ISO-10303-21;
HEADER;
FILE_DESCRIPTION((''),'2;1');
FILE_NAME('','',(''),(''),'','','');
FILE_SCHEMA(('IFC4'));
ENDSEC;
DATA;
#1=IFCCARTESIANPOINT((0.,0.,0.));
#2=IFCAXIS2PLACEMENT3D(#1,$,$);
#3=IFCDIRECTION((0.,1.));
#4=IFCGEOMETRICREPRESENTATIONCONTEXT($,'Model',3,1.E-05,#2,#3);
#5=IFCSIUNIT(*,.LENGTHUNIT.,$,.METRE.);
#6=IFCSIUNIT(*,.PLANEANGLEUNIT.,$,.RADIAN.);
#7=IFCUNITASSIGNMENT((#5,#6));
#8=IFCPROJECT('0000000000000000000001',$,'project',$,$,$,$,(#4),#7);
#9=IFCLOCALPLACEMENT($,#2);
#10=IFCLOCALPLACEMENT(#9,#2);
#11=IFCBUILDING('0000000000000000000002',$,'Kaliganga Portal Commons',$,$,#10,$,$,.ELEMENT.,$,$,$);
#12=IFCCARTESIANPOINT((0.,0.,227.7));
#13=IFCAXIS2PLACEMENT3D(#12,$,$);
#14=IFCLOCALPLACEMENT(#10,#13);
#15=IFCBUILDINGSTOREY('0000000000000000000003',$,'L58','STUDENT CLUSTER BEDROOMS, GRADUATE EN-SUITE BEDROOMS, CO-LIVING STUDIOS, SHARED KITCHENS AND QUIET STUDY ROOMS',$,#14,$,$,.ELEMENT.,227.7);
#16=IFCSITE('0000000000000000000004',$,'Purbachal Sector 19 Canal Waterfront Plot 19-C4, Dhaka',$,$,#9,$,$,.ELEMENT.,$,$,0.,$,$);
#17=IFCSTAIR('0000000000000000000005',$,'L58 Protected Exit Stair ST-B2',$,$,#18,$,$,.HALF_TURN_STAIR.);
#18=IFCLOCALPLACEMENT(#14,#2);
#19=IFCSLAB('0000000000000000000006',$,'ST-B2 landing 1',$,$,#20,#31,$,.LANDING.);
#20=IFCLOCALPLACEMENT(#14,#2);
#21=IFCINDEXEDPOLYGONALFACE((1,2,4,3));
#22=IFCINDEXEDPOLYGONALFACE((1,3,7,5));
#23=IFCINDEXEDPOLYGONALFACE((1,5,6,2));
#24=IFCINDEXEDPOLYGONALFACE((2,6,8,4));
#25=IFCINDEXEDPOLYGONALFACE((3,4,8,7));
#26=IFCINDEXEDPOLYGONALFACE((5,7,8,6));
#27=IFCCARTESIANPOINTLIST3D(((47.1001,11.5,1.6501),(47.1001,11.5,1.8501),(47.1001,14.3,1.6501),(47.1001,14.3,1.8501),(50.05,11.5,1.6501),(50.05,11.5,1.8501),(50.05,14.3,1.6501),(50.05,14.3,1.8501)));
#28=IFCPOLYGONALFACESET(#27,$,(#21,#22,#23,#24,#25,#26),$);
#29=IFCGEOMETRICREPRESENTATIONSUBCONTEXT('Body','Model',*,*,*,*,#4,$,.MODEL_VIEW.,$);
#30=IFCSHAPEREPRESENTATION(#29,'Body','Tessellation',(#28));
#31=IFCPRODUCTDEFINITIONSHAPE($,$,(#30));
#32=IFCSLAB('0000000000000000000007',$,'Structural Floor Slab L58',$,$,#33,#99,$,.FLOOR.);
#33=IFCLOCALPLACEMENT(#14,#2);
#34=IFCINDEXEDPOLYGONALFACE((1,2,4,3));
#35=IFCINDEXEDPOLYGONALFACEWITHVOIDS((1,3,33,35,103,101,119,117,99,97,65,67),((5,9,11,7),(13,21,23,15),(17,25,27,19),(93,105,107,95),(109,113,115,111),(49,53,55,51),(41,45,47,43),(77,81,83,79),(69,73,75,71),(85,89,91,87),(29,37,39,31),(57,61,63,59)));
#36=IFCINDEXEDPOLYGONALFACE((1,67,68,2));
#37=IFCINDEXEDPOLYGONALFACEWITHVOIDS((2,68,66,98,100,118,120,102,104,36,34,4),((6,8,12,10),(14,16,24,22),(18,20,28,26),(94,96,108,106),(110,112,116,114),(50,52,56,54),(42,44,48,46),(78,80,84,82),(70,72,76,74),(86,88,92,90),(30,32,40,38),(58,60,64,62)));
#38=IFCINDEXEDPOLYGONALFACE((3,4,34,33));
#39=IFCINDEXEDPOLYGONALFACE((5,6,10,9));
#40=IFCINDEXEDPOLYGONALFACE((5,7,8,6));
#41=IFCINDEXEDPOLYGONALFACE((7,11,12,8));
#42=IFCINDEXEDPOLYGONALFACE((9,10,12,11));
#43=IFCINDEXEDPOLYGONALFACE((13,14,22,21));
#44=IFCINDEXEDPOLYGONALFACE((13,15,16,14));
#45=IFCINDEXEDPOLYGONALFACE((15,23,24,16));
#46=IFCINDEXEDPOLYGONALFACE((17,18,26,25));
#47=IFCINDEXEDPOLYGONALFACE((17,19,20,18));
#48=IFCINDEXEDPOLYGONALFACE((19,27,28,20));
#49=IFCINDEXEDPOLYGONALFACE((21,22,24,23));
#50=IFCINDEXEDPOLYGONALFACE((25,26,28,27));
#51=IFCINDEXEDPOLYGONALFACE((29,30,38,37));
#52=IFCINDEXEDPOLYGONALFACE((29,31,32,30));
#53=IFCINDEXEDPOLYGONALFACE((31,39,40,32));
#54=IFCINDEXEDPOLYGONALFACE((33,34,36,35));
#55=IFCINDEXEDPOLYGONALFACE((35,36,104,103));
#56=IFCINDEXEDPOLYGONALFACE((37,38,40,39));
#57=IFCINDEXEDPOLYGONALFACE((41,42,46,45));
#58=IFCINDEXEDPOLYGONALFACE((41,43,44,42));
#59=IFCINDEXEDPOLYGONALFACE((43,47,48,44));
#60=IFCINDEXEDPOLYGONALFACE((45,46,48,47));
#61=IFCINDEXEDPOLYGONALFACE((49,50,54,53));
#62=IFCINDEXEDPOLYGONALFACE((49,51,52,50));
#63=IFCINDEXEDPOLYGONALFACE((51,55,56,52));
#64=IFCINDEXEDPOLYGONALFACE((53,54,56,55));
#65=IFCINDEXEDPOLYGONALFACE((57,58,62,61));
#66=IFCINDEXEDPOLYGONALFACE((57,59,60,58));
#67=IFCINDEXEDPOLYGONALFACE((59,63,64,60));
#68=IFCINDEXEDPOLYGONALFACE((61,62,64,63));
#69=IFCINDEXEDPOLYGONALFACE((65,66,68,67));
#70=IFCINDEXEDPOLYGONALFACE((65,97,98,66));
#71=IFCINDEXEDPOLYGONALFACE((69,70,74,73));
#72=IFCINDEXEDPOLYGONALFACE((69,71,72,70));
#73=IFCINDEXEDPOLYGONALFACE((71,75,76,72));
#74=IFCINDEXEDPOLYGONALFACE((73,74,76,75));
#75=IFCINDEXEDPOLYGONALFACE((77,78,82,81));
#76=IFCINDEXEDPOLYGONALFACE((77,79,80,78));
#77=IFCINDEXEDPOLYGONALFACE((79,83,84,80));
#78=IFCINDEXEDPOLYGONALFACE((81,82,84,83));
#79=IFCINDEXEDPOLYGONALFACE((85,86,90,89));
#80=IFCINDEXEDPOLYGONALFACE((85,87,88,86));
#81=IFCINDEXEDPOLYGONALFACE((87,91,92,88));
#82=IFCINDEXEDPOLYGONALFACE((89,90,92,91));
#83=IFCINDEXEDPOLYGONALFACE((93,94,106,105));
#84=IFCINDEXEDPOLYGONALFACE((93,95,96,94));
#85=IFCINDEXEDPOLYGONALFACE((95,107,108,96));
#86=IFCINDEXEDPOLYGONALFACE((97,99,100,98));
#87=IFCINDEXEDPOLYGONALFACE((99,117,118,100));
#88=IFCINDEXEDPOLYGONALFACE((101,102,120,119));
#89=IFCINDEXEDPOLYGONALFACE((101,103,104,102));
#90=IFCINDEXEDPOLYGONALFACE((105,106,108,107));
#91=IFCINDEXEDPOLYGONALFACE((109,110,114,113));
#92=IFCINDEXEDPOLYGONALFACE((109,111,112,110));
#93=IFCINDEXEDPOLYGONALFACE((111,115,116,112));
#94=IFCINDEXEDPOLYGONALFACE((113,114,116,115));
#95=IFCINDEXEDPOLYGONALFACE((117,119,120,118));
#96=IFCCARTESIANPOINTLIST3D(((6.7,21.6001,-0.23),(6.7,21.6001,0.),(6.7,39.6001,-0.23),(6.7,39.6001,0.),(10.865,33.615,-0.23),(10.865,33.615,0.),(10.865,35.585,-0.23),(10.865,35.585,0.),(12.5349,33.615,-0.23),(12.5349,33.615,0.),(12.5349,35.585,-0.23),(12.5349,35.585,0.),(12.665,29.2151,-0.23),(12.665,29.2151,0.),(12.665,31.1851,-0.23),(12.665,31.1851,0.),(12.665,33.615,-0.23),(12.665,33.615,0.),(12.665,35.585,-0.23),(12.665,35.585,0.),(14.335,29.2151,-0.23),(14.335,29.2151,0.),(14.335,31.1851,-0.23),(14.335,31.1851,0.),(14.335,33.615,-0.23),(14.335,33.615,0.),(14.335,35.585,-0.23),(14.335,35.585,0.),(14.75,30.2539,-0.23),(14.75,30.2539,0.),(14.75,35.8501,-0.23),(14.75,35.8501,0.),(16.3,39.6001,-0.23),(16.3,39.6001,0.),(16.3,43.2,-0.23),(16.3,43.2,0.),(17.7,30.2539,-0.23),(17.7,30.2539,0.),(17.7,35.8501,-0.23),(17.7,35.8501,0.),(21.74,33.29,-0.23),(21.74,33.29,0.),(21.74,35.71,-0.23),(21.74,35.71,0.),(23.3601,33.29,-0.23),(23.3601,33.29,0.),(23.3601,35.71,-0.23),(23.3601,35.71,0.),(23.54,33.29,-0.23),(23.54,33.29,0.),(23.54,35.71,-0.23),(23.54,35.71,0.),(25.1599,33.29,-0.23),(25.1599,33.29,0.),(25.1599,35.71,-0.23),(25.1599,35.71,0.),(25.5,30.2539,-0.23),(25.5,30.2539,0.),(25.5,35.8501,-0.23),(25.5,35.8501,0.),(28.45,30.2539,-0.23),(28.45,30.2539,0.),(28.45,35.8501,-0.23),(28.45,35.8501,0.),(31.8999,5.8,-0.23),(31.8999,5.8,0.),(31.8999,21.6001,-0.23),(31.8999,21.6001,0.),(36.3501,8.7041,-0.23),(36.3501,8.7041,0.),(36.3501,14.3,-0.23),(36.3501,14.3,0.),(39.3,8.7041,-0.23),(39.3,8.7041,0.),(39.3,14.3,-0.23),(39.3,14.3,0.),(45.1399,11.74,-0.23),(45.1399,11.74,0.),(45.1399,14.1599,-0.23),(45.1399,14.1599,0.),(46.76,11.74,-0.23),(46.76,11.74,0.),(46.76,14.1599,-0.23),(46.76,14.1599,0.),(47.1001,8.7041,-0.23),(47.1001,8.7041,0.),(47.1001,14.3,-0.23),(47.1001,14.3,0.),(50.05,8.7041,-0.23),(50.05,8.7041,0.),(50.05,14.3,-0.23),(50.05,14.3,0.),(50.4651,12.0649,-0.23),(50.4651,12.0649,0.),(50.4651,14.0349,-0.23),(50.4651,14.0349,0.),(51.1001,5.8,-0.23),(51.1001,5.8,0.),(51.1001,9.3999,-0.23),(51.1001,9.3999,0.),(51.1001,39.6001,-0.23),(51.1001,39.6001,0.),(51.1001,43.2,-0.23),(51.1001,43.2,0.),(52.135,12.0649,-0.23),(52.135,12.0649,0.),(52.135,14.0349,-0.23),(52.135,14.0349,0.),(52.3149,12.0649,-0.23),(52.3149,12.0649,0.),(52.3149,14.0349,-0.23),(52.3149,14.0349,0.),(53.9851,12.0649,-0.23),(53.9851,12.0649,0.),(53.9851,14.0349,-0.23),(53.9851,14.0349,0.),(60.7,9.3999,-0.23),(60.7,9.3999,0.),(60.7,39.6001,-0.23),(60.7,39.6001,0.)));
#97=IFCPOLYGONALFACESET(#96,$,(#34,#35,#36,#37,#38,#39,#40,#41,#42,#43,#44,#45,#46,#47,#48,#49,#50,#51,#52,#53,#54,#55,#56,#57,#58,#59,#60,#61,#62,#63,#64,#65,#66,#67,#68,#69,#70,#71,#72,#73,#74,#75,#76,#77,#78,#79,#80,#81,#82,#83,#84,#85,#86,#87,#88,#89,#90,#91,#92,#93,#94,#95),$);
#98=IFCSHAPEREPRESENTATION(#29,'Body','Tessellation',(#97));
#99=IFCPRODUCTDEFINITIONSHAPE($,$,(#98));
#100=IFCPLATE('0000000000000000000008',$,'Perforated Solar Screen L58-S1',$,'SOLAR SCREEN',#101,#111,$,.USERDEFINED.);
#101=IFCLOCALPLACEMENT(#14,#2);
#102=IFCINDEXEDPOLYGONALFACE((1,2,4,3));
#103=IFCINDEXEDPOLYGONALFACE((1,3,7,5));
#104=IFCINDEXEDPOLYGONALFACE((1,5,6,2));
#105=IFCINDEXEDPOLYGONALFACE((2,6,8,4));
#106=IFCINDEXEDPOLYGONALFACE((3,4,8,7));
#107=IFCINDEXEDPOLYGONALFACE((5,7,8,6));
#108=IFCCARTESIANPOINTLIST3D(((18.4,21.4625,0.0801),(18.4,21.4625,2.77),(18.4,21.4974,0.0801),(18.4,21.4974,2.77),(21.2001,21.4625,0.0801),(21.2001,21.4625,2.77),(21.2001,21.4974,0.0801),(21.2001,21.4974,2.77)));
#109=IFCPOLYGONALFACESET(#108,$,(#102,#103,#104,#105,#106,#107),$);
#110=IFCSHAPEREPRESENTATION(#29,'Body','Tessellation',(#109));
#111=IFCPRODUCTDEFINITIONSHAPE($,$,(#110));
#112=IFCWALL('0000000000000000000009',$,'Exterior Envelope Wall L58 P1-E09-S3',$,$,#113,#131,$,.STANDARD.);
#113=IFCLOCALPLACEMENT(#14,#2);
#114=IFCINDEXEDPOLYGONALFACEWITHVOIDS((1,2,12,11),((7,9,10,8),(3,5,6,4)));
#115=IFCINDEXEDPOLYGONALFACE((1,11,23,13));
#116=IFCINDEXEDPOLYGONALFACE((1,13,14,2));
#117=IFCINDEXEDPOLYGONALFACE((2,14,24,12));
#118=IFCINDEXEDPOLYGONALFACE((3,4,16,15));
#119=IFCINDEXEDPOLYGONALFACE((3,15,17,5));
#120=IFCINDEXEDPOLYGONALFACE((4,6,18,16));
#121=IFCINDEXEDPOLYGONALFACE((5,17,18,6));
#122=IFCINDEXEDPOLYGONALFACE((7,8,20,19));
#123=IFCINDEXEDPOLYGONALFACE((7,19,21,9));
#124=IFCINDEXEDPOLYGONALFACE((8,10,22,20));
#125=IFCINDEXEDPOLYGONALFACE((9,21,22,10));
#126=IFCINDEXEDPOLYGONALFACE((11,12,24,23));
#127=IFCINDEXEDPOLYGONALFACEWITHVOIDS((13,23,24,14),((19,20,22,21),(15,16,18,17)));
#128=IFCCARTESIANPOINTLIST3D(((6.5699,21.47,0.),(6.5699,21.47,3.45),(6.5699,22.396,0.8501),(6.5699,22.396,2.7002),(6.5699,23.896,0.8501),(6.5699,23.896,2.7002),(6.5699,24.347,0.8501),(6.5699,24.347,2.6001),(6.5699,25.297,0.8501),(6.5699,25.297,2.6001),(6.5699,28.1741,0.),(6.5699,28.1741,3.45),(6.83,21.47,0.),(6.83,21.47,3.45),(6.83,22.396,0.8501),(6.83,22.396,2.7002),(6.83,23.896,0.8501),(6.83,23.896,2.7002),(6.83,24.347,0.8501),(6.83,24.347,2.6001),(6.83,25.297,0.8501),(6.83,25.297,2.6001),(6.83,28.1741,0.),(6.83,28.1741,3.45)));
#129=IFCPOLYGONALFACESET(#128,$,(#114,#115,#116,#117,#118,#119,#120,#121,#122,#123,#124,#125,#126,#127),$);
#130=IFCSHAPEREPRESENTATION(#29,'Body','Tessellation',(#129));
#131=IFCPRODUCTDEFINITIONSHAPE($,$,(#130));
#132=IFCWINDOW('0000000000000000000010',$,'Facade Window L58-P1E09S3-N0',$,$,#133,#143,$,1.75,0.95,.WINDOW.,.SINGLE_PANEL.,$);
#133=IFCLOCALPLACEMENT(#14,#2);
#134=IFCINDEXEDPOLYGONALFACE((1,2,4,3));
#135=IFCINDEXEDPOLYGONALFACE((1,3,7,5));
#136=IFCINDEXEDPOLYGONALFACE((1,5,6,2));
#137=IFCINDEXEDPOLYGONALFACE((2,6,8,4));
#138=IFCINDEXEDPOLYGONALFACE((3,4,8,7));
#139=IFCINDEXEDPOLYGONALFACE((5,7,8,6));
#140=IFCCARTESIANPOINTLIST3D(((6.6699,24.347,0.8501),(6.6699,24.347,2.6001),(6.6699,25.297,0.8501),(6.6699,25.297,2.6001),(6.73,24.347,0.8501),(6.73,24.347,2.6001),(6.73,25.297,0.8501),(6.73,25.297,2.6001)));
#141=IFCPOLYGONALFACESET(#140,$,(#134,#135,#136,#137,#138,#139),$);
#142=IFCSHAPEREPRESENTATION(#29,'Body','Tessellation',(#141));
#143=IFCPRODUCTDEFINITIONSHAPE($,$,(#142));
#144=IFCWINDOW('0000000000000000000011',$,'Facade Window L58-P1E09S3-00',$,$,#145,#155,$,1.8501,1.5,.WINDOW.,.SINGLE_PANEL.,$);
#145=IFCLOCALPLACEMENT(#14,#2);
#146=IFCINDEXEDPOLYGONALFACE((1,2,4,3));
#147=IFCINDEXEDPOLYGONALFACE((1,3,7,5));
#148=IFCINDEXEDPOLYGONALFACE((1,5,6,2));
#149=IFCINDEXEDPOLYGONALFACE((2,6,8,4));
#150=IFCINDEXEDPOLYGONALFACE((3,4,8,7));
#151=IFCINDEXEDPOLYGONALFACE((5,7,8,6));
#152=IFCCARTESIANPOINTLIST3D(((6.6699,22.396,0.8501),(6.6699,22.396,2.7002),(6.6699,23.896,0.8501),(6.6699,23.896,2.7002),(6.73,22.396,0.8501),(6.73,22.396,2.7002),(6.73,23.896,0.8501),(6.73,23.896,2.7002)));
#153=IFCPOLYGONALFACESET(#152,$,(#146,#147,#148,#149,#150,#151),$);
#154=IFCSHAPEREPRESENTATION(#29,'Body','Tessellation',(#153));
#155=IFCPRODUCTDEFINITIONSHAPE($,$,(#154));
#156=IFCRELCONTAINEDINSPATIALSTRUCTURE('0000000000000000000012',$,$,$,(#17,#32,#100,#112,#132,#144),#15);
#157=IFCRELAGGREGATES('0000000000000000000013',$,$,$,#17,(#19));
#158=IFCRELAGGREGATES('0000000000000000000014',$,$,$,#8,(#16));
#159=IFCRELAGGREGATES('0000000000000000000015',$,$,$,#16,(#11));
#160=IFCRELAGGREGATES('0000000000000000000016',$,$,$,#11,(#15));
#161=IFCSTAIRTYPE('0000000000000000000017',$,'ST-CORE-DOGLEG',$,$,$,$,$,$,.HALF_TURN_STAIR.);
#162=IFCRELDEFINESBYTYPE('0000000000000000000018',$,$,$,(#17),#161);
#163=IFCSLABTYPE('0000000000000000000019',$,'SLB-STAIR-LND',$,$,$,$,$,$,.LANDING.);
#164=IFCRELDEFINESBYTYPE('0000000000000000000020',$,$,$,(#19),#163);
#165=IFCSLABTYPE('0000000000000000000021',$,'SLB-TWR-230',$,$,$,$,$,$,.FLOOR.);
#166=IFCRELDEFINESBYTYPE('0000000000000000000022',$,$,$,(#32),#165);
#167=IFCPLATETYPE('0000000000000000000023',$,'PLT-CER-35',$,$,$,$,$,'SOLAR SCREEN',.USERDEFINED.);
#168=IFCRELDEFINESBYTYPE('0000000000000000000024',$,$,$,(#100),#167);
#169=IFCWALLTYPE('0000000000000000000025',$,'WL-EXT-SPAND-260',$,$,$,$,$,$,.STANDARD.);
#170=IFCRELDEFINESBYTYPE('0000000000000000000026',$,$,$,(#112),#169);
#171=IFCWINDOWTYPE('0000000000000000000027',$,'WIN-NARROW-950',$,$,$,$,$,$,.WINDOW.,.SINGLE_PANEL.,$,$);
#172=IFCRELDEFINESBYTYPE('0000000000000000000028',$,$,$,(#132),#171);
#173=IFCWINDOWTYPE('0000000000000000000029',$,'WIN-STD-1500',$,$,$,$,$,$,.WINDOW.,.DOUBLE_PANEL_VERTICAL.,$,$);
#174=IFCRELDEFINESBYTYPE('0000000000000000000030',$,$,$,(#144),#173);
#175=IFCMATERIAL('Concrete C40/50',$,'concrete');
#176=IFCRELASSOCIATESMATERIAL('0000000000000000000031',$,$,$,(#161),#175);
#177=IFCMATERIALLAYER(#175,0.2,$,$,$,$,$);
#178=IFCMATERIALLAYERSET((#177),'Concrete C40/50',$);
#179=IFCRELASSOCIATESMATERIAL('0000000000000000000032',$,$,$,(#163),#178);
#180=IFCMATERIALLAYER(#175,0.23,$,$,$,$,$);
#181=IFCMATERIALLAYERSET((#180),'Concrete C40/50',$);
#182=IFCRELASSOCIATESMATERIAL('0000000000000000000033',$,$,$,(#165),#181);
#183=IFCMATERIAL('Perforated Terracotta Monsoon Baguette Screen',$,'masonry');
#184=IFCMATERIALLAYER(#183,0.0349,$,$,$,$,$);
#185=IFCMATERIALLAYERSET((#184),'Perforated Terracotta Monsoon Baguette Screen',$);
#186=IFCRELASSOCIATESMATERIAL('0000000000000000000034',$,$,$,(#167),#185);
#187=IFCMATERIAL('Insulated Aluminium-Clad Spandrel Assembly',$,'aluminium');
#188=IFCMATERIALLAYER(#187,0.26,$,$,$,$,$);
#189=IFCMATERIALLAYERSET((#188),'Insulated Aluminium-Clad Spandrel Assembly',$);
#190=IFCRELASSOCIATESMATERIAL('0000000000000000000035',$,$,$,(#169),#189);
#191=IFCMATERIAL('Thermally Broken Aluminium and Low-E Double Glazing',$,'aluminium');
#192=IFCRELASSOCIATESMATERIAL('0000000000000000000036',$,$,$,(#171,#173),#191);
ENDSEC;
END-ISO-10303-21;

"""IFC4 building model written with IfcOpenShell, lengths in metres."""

from ifc_helpers import new_model, si_unit, direction, frame, frame_2d, origin, origin_2d, place, context, subcontext, project, spatial, polyline, rectangle, outline, extrude, source, transform, mapped, material, layer, layer_set, type_object, element, fill, aggregate, save


model = new_model("IFC4")

# Units and contexts
model_context = context("Model", 3, precision=1e-05, world=origin(), true_north=direction((0.0, 1.0)))
body_context = subcontext(model_context, "Body", "Model", "MODEL_VIEW")
ifc_project = project(units=[si_unit("LENGTHUNIT", "METRE"), si_unit("PLANEANGLEUNIT", "RADIAN")], contexts=[model_context])

# Site, building, storey
site_placement = place(None, origin())
site = spatial("IfcSite", under=ifc_project, at=site_placement, Name="Purbachal Sector 19 Canal Waterfront Plot 19-C4, Dhaka", CompositionType="ELEMENT", RefElevation=0.0)
building_placement = place(site_placement, origin())
building = spatial("IfcBuilding", under=site, at=building_placement, Name="Kaliganga Portal Commons", CompositionType="ELEMENT")
storey_placement = place(building_placement, frame((0.0, 0.0, 227.7)))
storey = spatial("IfcBuildingStorey", under=building, at=storey_placement, Name="L58", Description="STUDENT CLUSTER BEDROOMS, GRADUATE EN-SUITE BEDROOMS, CO-LIVING STUDIOS, SHARED KITCHENS AND QUIET STUDY ROOMS", CompositionType="ELEMENT", Elevation=227.7)

# Shared definitions
ifc_material_1 = material(Name="Concrete C40/50", Category="concrete")

# Stair, slab
stair_type = type_object("IfcStairType", Name="ST-CORE-DOGLEG", PredefinedType="HALF_TURN_STAIR", material=ifc_material_1)
ifc_layer_1 = layer(ifc_material_1, 0.2)
ifc_layer_set_1 = layer_set([ifc_layer_1], Name="Concrete C40/50")
slab_type_1 = type_object("IfcSlabType", Name="SLB-STAIR-LND", PredefinedType="LANDING", material=ifc_layer_set_1)
stair_1_placement = place(storey_placement, origin())
stair_1 = element("IfcStair", 1, at=stair_1_placement, inside=storey, type_object=stair_type, Name="L58 Protected Exit Stair ST-B2", PredefinedType="HALF_TURN_STAIR")
slab_1_placement = place(storey_placement, frame((0.0, 0.0, 1.6501)))
slab_1 = element("IfcSlab", 2, at=slab_1_placement, type_object=slab_type_1, Name="ST-B2 landing 1", PredefinedType="LANDING", context=body_context, shape_type="SweptSolid", body=[
    extrude(outline(polyline([(50.05, 11.5), (50.05, 14.3), (47.1001, 14.3), (47.1001, 11.5), (50.05, 11.5)])), origin(), (0.0, 0.0, 1.0), 0.2),
])
aggregate(stair_1, [slab_1])

# Slab
ifc_layer_2 = layer(ifc_material_1, 0.23)
ifc_layer_set_2 = layer_set([ifc_layer_2], Name="Concrete C40/50")
slab_type_2 = type_object("IfcSlabType", Name="SLB-TWR-230", PredefinedType="FLOOR", material=ifc_layer_set_2)
slab_2_placement = place(storey_placement, frame((0.0, 0.0, -0.23)))
element("IfcSlab", 3, at=slab_2_placement, inside=storey, type_object=slab_type_2, Name="Structural Floor Slab L58", PredefinedType="FLOOR", context=body_context, shape_type="SweptSolid", body=[
    extrude(outline(polyline([(31.8999, 5.8), (51.1001, 5.8), (51.1001, 9.3999), (60.7, 9.3999), (60.7, 39.6001), (51.1001, 39.6001), (51.1001, 43.2), (16.3, 43.2), (16.3, 39.6001), (6.7, 39.6001), (6.7, 21.6001), (31.8999, 21.6001), (31.8999, 5.8)]), holes=[polyline([(14.75, 30.2539), (14.75, 35.8501), (17.7, 35.8501), (17.7, 30.2539), (14.75, 30.2539)]), polyline([(25.5, 30.2539), (25.5, 35.8501), (28.45, 35.8501), (28.45, 30.2539), (25.5, 30.2539)]), polyline([(36.3501, 8.7041), (36.3501, 14.3), (39.3, 14.3), (39.3, 8.7041), (36.3501, 8.7041)]), polyline([(47.1001, 8.7041), (47.1001, 14.3), (50.05, 14.3), (50.05, 8.7041), (47.1001, 8.7041)]), polyline([(12.665, 33.615), (12.665, 35.585), (14.335, 35.585), (14.335, 33.615), (12.665, 33.615)]), polyline([(12.665, 29.2151), (12.665, 31.1851), (14.335, 31.1851), (14.335, 29.2151), (12.665, 29.2151)]), polyline([(10.865, 33.615), (10.865, 35.585), (12.5349, 35.585), (12.5349, 33.615), (10.865, 33.615)]), polyline([(21.74, 33.29), (21.74, 35.71), (23.3601, 35.71), (23.3601, 33.29), (21.74, 33.29)]), polyline([(23.54, 33.29), (23.54, 35.71), (25.1599, 35.71), (25.1599, 33.29), (23.54, 33.29)]), polyline([(50.4651, 12.0649), (50.4651, 14.0349), (52.135, 14.0349), (52.135, 12.0649), (50.4651, 12.0649)]), polyline([(52.3149, 12.0649), (52.3149, 14.0349), (53.9851, 14.0349), (53.9851, 12.0649), (52.3149, 12.0649)]), polyline([(45.1399, 11.74), (45.1399, 14.1599), (46.76, 14.1599), (46.76, 11.74), (45.1399, 11.74)])]), origin(), (0.0, 0.0, 1.0), 0.23),
])

# Plate
ifc_material_2 = material(Name="Perforated Terracotta Monsoon Baguette Screen", Category="masonry")
ifc_layer_3 = layer(ifc_material_2, 0.0349)
ifc_layer_set_3 = layer_set([ifc_layer_3], Name="Perforated Terracotta Monsoon Baguette Screen")
plate_type = type_object("IfcPlateType", Name="PLT-CER-35", ElementType="SOLAR SCREEN", PredefinedType="USERDEFINED", material=ifc_layer_set_3)
shared_shape_1 = source(origin(), body_context, "Body", "SweptSolid", [
    extrude(rectangle(XDim=2.8, YDim=0.0349, at=origin_2d()), origin(), (0.0, 0.0, 1.0), 2.6899),
])
plate_placement = place(storey_placement, frame((19.8, 21.48, 0.0801), z_axis=(0.0, 0.0, 1.0), x_axis=(1.0, 0.0, 0.0)))
element("IfcPlate", 4, at=plate_placement, inside=storey, type_object=plate_type, Name="Perforated Solar Screen L58-S1", ObjectType="SOLAR SCREEN", PredefinedType="USERDEFINED", context=body_context, shape_type="MappedRepresentation", body=[
    mapped(shared_shape_1, transform((0.0, 0.0, 0.0), x_axis=(1.0, 0.0, 0.0), y_axis=(0.0, 1.0, 0.0), z_axis=(0.0, 0.0, 1.0), scale=1.0)),
])

# Wall, openings, windows
ifc_material_3 = material(Name="Insulated Aluminium-Clad Spandrel Assembly", Category="aluminium")
ifc_layer_4 = layer(ifc_material_3, 0.26)
ifc_layer_set_4 = layer_set([ifc_layer_4], Name="Insulated Aluminium-Clad Spandrel Assembly")
wall_type_1 = type_object("IfcWallType", Name="WL-EXT-SPAND-260", PredefinedType="STANDARD", material=ifc_layer_set_4)
wall_1_placement = place(storey_placement, frame((6.7, 21.47, 0.0), z_axis=(0.0, 0.0, 1.0), x_axis=(0.0, 1.0, 0.0)))
wall_1 = element("IfcWall", 5, at=wall_1_placement, inside=storey, type_object=wall_type_1, Name="Exterior Envelope Wall L58 P1-E09-S3", PredefinedType="STANDARD", context=body_context, shape_type="SweptSolid", body=[
    extrude(rectangle(XDim=6.7041, YDim=0.26, at=frame_2d((3.3521, 0.0))), origin(), (0.0, 0.0, 1.0), 3.45),
])
opening_1_placement = place(wall_1_placement, frame((0.926, 0.0, 0.8501)))
opening_1 = element("IfcOpeningElement", 6, at=opening_1_placement, cuts=wall_1, PredefinedType="OPENING", context=body_context, shape_type="SweptSolid", body=[
    extrude(rectangle(XDim=1.5, YDim=1.8501, at=frame_2d((0.75, 0.925))), frame((0.0, 0.1401, 0.0), z_axis=(0.0, -1.0, 0.0), x_axis=(1.0, 0.0, 0.0)), (0.0, 0.0, 1.0), 0.28),
])
opening_2_placement = place(wall_1_placement, frame((2.877, 0.0, 0.8501)))
opening_2 = element("IfcOpeningElement", 7, at=opening_2_placement, cuts=wall_1, PredefinedType="OPENING", context=body_context, shape_type="SweptSolid", body=[
    extrude(rectangle(XDim=0.95, YDim=1.75, at=frame_2d((0.4751, 0.875))), frame((0.0, 0.1401, 0.0), z_axis=(0.0, -1.0, 0.0), x_axis=(1.0, 0.0, 0.0)), (0.0, 0.0, 1.0), 0.28),
])
ifc_material_4 = material(Name="Thermally Broken Aluminium and Low-E Double Glazing", Category="aluminium")
window_type_1 = type_object("IfcWindowType", Name="WIN-NARROW-950", PartitioningType="SINGLE_PANEL", PredefinedType="WINDOW", material=ifc_material_4)
window_1_placement = place(opening_2_placement, origin())
window_1 = element("IfcWindow", 8, at=window_1_placement, inside=storey, type_object=window_type_1, Name="Facade Window L58-P1E09S3-N0", OverallHeight=1.75, OverallWidth=0.95, PartitioningType="SINGLE_PANEL", PredefinedType="WINDOW", context=body_context, shape_type="SweptSolid", body=[
    extrude(rectangle(XDim=0.95, YDim=1.75, at=frame_2d((0.4751, 0.875))), frame((0.0, 0.03, 0.0), z_axis=(0.0, -1.0, 0.0), x_axis=(1.0, 0.0, 0.0)), (0.0, 0.0, 1.0), 0.0601),
])
fill(opening_2, window_1)
window_type_2 = type_object("IfcWindowType", Name="WIN-STD-1500", PartitioningType="DOUBLE_PANEL_VERTICAL", PredefinedType="WINDOW", material=ifc_material_4)
window_2_placement = place(opening_1_placement, origin())
window_2 = element("IfcWindow", 9, at=window_2_placement, inside=storey, type_object=window_type_2, Name="Facade Window L58-P1E09S3-00", OverallHeight=1.8501, OverallWidth=1.5, PartitioningType="SINGLE_PANEL", PredefinedType="WINDOW", context=body_context, shape_type="SweptSolid", body=[
    extrude(rectangle(XDim=1.5, YDim=1.8501, at=frame_2d((0.75, 0.925))), frame((0.0, 0.03, 0.0), z_axis=(0.0, -1.0, 0.0), x_axis=(1.0, 0.0, 0.0)), (0.0, 0.0, 1.0), 0.0601),
])
fill(opening_1, window_2)

save(model, "model.ifc")
